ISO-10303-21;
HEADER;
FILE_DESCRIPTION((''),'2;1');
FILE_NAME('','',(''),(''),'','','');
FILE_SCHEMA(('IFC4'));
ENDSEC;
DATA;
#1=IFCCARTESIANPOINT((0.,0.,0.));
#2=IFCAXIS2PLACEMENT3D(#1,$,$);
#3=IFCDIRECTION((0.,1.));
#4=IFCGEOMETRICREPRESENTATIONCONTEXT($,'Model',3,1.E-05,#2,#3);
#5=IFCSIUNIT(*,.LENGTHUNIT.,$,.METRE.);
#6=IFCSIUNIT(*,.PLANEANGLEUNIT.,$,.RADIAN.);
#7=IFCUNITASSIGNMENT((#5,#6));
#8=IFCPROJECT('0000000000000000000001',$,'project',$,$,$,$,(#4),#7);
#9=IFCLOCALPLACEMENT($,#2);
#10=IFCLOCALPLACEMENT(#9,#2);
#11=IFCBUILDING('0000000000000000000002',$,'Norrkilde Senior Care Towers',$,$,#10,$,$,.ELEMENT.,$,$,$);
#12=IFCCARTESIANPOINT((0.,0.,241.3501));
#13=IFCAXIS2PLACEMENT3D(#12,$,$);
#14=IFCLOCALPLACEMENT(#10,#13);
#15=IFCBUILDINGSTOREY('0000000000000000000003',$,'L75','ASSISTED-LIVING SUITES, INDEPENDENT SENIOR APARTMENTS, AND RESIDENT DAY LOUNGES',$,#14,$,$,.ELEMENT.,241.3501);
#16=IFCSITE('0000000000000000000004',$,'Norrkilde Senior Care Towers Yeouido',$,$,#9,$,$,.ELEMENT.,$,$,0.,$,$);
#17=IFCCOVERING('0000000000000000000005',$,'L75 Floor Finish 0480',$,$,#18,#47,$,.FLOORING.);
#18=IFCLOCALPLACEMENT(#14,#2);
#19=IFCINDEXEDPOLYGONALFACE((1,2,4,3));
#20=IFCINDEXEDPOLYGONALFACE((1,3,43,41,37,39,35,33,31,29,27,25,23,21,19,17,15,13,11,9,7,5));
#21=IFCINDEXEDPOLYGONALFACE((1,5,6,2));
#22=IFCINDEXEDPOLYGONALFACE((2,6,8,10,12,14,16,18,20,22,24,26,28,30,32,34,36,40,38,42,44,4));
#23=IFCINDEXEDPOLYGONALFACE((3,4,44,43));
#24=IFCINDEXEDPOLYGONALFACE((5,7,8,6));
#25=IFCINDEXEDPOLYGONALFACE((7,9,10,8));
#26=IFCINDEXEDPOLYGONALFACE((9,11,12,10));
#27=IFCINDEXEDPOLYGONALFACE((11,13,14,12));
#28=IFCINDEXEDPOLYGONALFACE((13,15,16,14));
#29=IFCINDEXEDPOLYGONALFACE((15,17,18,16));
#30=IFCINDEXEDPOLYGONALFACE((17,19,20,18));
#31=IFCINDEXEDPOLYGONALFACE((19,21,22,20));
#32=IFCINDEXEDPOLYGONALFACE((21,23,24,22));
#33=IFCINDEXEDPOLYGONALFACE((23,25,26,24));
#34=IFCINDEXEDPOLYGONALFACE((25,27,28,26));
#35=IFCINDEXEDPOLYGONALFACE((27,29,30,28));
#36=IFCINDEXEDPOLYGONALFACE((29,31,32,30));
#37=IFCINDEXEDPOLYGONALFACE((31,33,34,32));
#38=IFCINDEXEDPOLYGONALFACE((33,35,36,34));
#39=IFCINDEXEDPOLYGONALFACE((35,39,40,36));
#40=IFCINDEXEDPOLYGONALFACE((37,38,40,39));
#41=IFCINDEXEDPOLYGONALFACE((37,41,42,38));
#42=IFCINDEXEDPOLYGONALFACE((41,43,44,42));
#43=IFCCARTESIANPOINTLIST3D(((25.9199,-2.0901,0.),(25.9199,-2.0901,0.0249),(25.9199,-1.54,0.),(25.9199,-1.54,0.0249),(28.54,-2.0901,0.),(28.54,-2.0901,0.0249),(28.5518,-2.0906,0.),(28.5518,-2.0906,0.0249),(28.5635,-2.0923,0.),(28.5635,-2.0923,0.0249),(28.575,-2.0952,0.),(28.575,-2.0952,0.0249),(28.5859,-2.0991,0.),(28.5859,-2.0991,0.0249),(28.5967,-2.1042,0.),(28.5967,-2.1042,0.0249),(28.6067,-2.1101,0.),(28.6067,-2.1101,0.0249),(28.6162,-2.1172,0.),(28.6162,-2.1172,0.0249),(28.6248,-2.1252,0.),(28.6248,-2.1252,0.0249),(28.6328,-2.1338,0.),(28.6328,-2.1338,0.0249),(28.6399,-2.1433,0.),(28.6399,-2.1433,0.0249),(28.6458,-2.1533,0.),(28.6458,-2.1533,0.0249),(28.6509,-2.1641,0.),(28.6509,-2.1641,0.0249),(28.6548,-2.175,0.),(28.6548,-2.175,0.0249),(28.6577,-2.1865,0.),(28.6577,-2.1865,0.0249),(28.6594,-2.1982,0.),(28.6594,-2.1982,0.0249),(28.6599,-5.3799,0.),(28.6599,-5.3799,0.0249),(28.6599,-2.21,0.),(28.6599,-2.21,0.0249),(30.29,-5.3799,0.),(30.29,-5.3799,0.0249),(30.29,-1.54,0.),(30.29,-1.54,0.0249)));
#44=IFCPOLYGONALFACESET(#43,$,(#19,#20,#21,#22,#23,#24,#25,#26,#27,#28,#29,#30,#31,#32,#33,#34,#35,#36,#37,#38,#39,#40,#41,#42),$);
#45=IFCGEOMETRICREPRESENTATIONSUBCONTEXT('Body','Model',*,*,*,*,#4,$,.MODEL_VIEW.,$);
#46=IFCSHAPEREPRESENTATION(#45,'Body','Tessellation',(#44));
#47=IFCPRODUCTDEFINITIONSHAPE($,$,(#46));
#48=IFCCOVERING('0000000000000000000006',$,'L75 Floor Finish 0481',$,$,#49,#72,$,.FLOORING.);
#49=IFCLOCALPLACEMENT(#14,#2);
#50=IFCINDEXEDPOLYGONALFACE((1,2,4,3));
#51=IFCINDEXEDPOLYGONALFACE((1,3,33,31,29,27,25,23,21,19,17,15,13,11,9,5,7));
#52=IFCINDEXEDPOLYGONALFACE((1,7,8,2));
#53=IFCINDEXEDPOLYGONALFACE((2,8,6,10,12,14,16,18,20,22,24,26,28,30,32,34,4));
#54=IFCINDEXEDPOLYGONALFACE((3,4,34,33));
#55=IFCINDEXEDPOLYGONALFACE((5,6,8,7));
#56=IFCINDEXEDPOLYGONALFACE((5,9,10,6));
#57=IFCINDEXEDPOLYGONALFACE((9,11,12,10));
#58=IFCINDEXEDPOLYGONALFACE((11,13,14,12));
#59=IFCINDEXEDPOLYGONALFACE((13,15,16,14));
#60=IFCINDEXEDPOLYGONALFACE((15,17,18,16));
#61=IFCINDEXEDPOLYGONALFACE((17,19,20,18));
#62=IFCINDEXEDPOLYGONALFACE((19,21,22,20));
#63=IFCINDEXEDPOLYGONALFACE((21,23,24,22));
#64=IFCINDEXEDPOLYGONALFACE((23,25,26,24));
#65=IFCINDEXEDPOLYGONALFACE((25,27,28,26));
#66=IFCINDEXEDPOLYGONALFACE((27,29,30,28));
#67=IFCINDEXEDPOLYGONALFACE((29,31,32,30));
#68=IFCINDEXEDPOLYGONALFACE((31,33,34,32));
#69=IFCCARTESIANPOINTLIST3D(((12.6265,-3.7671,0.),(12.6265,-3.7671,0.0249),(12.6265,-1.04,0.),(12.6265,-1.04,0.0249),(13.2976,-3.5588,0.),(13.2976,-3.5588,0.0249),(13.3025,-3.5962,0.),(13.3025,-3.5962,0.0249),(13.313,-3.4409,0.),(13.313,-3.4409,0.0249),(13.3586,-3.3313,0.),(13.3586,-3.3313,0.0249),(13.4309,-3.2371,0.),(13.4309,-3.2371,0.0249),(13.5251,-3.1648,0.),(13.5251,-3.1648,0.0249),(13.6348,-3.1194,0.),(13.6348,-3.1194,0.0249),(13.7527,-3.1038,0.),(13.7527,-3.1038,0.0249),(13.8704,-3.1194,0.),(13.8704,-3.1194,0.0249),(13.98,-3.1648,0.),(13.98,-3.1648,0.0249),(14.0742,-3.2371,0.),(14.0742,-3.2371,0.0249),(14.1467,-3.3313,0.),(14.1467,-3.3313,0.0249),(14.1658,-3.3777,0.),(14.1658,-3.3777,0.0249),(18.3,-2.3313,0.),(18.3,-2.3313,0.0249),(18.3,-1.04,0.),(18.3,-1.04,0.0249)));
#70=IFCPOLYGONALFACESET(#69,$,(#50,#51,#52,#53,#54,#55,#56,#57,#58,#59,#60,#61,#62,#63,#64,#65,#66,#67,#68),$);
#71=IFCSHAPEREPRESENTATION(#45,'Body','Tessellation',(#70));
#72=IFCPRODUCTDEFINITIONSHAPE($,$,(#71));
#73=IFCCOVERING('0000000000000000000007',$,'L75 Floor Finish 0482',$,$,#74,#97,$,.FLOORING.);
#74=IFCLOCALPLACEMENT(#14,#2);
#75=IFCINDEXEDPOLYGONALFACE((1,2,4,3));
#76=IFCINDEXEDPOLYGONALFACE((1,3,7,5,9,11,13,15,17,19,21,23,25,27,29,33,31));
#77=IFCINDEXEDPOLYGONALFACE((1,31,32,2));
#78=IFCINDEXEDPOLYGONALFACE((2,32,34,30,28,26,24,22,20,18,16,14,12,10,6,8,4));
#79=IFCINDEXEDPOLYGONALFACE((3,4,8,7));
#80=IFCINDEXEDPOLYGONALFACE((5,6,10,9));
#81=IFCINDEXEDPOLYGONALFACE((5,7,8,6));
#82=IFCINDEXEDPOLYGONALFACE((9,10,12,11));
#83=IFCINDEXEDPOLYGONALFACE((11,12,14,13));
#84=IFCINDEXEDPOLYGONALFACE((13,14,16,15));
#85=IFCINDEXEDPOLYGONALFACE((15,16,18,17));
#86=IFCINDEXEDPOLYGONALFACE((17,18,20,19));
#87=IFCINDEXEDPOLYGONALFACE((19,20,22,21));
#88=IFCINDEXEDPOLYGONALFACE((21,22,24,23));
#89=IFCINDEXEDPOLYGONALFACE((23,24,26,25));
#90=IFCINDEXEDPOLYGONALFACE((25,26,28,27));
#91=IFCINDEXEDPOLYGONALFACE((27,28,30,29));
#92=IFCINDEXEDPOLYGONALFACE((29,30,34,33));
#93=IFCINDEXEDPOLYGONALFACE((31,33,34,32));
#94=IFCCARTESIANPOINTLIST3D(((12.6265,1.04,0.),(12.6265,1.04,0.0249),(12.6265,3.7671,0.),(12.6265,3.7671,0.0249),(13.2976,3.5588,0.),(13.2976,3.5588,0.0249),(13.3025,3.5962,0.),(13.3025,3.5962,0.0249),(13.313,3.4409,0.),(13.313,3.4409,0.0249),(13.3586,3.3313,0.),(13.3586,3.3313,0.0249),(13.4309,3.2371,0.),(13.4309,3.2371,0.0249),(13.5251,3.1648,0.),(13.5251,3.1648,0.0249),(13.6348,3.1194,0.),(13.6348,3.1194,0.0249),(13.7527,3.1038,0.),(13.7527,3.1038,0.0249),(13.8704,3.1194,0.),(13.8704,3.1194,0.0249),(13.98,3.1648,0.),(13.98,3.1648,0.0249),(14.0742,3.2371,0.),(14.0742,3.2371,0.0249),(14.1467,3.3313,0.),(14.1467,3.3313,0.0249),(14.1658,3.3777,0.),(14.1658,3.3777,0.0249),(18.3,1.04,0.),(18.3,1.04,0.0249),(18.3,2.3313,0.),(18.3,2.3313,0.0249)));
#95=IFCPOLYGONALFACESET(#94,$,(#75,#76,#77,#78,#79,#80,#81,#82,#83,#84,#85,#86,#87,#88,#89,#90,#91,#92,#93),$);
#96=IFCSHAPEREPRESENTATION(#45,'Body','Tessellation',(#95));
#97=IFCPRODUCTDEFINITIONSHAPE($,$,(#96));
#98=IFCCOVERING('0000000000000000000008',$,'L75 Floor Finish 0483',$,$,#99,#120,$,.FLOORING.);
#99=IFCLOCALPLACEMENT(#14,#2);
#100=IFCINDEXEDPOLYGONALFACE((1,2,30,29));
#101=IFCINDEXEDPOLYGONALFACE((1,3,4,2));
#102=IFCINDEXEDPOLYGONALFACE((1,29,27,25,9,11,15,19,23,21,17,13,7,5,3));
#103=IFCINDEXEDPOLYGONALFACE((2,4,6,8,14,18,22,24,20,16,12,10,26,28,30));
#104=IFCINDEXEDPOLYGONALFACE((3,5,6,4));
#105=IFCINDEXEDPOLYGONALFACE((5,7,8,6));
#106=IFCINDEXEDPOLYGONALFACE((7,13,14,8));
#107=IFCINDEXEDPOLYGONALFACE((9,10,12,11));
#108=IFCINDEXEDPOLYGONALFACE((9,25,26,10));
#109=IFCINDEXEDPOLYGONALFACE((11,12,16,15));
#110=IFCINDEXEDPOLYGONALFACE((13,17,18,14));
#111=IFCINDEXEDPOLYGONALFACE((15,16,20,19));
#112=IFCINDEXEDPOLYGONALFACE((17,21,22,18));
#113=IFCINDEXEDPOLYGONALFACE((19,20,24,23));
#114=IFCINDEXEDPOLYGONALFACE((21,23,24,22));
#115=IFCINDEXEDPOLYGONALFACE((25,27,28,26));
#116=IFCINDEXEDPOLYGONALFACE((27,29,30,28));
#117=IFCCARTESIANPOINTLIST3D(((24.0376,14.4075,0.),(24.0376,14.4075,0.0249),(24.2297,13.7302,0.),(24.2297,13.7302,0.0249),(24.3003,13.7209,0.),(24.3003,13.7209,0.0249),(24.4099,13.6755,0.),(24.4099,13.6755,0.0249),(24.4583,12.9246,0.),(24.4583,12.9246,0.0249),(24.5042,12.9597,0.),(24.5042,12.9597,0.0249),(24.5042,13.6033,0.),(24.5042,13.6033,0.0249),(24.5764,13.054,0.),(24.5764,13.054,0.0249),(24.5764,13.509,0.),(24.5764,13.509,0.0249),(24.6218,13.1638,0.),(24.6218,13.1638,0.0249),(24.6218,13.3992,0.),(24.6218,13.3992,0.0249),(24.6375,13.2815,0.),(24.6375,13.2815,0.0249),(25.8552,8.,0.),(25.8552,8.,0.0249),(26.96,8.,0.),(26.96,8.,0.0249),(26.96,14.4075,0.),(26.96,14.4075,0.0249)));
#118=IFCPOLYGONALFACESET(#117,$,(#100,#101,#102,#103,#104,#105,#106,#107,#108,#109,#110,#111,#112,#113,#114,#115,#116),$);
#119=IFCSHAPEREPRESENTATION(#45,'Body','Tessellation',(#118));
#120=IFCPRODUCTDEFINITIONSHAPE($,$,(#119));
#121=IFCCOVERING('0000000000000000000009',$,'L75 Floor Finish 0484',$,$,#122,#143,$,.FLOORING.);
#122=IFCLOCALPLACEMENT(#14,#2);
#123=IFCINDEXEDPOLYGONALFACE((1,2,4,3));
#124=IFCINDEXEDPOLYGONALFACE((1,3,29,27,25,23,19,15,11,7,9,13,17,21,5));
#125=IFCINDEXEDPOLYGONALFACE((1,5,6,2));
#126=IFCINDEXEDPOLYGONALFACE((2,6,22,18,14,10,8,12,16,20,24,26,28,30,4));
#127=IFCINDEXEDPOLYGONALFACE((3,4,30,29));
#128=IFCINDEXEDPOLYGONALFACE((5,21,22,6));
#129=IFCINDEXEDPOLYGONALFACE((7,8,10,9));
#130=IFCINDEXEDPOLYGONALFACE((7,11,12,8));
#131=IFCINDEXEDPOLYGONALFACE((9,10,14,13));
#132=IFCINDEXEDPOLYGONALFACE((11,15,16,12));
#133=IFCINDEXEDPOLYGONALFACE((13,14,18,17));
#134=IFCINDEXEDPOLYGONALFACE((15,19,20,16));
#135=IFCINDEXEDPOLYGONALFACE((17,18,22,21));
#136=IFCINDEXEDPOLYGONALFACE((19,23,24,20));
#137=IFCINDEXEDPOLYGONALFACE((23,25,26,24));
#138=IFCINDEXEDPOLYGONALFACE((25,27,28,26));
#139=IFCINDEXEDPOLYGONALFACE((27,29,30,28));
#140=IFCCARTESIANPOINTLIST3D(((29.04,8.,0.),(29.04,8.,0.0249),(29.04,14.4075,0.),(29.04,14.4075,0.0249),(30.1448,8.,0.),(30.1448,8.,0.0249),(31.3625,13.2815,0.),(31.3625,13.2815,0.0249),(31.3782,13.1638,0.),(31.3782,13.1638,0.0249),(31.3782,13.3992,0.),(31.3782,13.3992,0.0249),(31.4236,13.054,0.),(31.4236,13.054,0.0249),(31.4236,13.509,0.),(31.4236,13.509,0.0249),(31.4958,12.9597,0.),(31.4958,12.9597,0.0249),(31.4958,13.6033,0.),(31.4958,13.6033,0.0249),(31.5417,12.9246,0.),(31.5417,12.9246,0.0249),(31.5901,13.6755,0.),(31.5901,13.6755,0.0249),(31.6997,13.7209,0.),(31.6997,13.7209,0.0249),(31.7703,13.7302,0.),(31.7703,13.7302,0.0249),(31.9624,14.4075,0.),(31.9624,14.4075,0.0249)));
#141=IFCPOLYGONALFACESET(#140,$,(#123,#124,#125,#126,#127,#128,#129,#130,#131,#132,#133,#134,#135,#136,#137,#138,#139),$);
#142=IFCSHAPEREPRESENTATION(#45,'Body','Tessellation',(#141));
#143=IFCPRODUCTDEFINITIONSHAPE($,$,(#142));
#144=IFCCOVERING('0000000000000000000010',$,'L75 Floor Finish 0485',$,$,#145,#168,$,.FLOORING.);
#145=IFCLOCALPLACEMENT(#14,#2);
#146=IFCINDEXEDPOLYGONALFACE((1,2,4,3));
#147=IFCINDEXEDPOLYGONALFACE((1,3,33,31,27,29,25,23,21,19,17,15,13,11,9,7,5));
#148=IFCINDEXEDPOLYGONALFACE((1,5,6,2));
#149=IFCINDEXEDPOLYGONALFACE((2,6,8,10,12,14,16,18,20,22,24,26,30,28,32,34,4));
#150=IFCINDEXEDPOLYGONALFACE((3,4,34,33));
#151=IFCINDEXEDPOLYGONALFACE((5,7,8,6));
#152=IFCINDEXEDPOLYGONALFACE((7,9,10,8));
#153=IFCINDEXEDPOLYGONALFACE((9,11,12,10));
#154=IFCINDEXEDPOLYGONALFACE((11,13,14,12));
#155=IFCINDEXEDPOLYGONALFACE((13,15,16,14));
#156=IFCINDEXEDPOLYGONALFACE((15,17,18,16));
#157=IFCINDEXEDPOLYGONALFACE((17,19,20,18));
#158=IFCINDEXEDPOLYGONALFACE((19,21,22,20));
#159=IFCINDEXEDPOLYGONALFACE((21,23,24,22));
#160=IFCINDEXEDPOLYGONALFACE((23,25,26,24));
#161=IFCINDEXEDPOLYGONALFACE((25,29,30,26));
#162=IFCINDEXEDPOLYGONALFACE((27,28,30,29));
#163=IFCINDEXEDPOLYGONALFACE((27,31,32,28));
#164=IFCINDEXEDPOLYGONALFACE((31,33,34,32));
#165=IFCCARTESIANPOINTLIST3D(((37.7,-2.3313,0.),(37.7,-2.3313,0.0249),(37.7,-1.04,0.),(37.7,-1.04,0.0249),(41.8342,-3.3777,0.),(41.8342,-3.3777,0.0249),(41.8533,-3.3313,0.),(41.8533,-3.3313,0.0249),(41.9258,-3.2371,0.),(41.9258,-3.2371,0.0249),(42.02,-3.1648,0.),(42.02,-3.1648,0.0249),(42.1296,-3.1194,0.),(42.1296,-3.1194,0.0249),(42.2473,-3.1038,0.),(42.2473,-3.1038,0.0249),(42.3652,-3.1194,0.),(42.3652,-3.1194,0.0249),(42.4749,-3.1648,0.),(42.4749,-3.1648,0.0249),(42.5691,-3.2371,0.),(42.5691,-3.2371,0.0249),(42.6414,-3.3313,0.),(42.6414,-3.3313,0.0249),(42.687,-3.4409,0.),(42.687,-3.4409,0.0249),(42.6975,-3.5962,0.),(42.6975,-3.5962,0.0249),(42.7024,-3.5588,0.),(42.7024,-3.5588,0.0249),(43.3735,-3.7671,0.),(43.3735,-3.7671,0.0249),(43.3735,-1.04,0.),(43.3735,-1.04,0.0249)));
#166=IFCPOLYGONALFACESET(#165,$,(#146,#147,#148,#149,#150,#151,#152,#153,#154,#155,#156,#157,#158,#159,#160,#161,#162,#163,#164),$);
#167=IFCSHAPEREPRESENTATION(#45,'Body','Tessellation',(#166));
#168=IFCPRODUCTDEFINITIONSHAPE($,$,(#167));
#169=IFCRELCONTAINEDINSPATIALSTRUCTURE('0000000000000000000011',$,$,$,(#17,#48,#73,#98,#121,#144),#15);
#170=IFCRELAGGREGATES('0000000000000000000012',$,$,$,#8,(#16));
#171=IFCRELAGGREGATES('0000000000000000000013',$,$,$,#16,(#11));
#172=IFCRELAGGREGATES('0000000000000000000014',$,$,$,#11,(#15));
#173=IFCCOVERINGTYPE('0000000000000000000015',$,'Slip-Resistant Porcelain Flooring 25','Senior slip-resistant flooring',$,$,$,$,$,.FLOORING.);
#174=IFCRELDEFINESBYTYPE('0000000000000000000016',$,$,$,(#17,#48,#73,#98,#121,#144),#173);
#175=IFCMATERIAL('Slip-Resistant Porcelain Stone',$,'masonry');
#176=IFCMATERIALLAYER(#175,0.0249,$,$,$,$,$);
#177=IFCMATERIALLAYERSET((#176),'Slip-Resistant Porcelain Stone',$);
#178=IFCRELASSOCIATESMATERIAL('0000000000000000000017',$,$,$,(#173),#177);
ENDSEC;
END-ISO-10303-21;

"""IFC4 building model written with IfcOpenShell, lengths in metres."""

from ifc_helpers import new_model, si_unit, direction, frame, origin, place, context, subcontext, project, spatial, polyline, outline, extrude, material, layer, layer_set, type_object, element, save


model = new_model("IFC4")

# Units and contexts
model_context = context("Model", 3, precision=1e-05, world=origin(), true_north=direction((0.0, 1.0)))
body_context = subcontext(model_context, "Body", "Model", "MODEL_VIEW")
ifc_project = project(units=[si_unit("LENGTHUNIT", "METRE"), si_unit("PLANEANGLEUNIT", "RADIAN")], contexts=[model_context])

# Site, building, storey
site_placement = place(None, origin())
site = spatial("IfcSite", under=ifc_project, at=site_placement, Name="Norrkilde Senior Care Towers Yeouido", CompositionType="ELEMENT", RefElevation=0.0)
building_placement = place(site_placement, origin())
building = spatial("IfcBuilding", under=site, at=building_placement, Name="Norrkilde Senior Care Towers", CompositionType="ELEMENT")
storey_placement = place(building_placement, frame((0.0, 0.0, 241.3501)))
storey = spatial("IfcBuildingStorey", under=building, at=storey_placement, Name="L75", Description="ASSISTED-LIVING SUITES, INDEPENDENT SENIOR APARTMENTS, AND RESIDENT DAY LOUNGES", CompositionType="ELEMENT", Elevation=241.3501)

# Coverings
ifc_material_1 = material(Name="Slip-Resistant Porcelain Stone", Category="masonry")
ifc_layer_1 = layer(ifc_material_1, 0.0249)
ifc_layer_set_1 = layer_set([ifc_layer_1], Name="Slip-Resistant Porcelain Stone")
covering_type_1 = type_object("IfcCoveringType", Name="Slip-Resistant Porcelain Flooring 25", Description="Senior slip-resistant flooring", PredefinedType="FLOORING", material=ifc_layer_set_1)
covering_1_placement = place(storey_placement, origin())
element("IfcCovering", 1, at=covering_1_placement, inside=storey, type_object=covering_type_1, Name="L75 Floor Finish 0480", PredefinedType="FLOORING", context=body_context, shape_type="SweptSolid", body=[
    extrude(outline(polyline([(28.6548, -2.175), (28.6509, -2.1641), (28.6458, -2.1533), (28.6399, -2.1433), (28.6328, -2.1338), (28.6248, -2.1252), (28.6162, -2.1172), (28.6067, -2.1101), (28.5967, -2.1042), (28.5859, -2.0991), (28.575, -2.0952), (28.5635, -2.0923), (28.5518, -2.0906), (28.54, -2.0901), (25.9199, -2.0901), (25.9199, -1.54), (30.29, -1.54), (30.29, -5.3799), (28.6599, -5.3799), (28.6599, -2.21), (28.6594, -2.1982), (28.6577, -2.1865), (28.6548, -2.175)])), origin(), (0.0, 0.0, 1.0), 0.0249),
])
covering_2_placement = place(storey_placement, origin())
element("IfcCovering", 2, at=covering_2_placement, inside=storey, type_object=covering_type_1, Name="L75 Floor Finish 0481", PredefinedType="FLOORING", context=body_context, shape_type="SweptSolid", body=[
    extrude(outline(polyline([(18.3, -1.04), (18.3, -2.3313), (14.1658, -3.3777), (14.1467, -3.3313), (14.0742, -3.2371), (13.98, -3.1648), (13.8704, -3.1194), (13.7527, -3.1038), (13.6348, -3.1194), (13.5251, -3.1648), (13.4309, -3.2371), (13.3586, -3.3313), (13.313, -3.4409), (13.2976, -3.5588), (13.3025, -3.5962), (12.6265, -3.7671), (12.6265, -1.04), (18.3, -1.04)])), origin(), (0.0, 0.0, 1.0), 0.0249),
])
covering_3_placement = place(storey_placement, origin())
element("IfcCovering", 3, at=covering_3_placement, inside=storey, type_object=covering_type_1, Name="L75 Floor Finish 0482", PredefinedType="FLOORING", context=body_context, shape_type="SweptSolid", body=[
    extrude(outline(polyline([(18.3, 1.04), (12.6265, 1.04), (12.6265, 3.7671), (13.3025, 3.5962), (13.2976, 3.5588), (13.313, 3.4409), (13.3586, 3.3313), (13.4309, 3.2371), (13.5251, 3.1648), (13.6348, 3.1194), (13.7527, 3.1038), (13.8704, 3.1194), (13.98, 3.1648), (14.0742, 3.2371), (14.1467, 3.3313), (14.1658, 3.3777), (18.3, 2.3313), (18.3, 1.04)])), origin(), (0.0, 0.0, 1.0), 0.0249),
])
covering_4_placement = place(storey_placement, origin())
element("IfcCovering", 4, at=covering_4_placement, inside=storey, type_object=covering_type_1, Name="L75 Floor Finish 0483", PredefinedType="FLOORING", context=body_context, shape_type="SweptSolid", body=[
    extrude(outline(polyline([(26.96, 14.4075), (26.96, 8.0), (25.8552, 8.0), (24.4583, 12.9246), (24.5042, 12.9597), (24.5764, 13.054), (24.6218, 13.1638), (24.6375, 13.2815), (24.6218, 13.3992), (24.5764, 13.509), (24.5042, 13.6033), (24.4099, 13.6755), (24.3003, 13.7209), (24.2297, 13.7302), (24.0376, 14.4075), (26.96, 14.4075)])), origin(), (0.0, 0.0, 1.0), 0.0249),
])
covering_5_placement = place(storey_placement, origin())
element("IfcCovering", 5, at=covering_5_placement, inside=storey, type_object=covering_type_1, Name="L75 Floor Finish 0484", PredefinedType="FLOORING", context=body_context, shape_type="SweptSolid", body=[
    extrude(outline(polyline([(31.9624, 14.4075), (31.7703, 13.7302), (31.6997, 13.7209), (31.5901, 13.6755), (31.4958, 13.6033), (31.4236, 13.509), (31.3782, 13.3992), (31.3625, 13.2815), (31.3782, 13.1638), (31.4236, 13.054), (31.4958, 12.9597), (31.5417, 12.9246), (30.1448, 8.0), (29.04, 8.0), (29.04, 14.4075), (31.9624, 14.4075)])), origin(), (0.0, 0.0, 1.0), 0.0249),
])
covering_6_placement = place(storey_placement, origin())
element("IfcCovering", 6, at=covering_6_placement, inside=storey, type_object=covering_type_1, Name="L75 Floor Finish 0485", PredefinedType="FLOORING", context=body_context, shape_type="SweptSolid", body=[
    extrude(outline(polyline([(43.3735, -3.7671), (42.6975, -3.5962), (42.7024, -3.5588), (42.687, -3.4409), (42.6414, -3.3313), (42.5691, -3.2371), (42.4749, -3.1648), (42.3652, -3.1194), (42.2473, -3.1038), (42.1296, -3.1194), (42.02, -3.1648), (41.9258, -3.2371), (41.8533, -3.3313), (41.8342, -3.3777), (37.7, -2.3313), (37.7, -1.04), (43.3735, -1.04), (43.3735, -3.7671)])), origin(), (0.0, 0.0, 1.0), 0.0249),
])

save(model, "model.ifc")
